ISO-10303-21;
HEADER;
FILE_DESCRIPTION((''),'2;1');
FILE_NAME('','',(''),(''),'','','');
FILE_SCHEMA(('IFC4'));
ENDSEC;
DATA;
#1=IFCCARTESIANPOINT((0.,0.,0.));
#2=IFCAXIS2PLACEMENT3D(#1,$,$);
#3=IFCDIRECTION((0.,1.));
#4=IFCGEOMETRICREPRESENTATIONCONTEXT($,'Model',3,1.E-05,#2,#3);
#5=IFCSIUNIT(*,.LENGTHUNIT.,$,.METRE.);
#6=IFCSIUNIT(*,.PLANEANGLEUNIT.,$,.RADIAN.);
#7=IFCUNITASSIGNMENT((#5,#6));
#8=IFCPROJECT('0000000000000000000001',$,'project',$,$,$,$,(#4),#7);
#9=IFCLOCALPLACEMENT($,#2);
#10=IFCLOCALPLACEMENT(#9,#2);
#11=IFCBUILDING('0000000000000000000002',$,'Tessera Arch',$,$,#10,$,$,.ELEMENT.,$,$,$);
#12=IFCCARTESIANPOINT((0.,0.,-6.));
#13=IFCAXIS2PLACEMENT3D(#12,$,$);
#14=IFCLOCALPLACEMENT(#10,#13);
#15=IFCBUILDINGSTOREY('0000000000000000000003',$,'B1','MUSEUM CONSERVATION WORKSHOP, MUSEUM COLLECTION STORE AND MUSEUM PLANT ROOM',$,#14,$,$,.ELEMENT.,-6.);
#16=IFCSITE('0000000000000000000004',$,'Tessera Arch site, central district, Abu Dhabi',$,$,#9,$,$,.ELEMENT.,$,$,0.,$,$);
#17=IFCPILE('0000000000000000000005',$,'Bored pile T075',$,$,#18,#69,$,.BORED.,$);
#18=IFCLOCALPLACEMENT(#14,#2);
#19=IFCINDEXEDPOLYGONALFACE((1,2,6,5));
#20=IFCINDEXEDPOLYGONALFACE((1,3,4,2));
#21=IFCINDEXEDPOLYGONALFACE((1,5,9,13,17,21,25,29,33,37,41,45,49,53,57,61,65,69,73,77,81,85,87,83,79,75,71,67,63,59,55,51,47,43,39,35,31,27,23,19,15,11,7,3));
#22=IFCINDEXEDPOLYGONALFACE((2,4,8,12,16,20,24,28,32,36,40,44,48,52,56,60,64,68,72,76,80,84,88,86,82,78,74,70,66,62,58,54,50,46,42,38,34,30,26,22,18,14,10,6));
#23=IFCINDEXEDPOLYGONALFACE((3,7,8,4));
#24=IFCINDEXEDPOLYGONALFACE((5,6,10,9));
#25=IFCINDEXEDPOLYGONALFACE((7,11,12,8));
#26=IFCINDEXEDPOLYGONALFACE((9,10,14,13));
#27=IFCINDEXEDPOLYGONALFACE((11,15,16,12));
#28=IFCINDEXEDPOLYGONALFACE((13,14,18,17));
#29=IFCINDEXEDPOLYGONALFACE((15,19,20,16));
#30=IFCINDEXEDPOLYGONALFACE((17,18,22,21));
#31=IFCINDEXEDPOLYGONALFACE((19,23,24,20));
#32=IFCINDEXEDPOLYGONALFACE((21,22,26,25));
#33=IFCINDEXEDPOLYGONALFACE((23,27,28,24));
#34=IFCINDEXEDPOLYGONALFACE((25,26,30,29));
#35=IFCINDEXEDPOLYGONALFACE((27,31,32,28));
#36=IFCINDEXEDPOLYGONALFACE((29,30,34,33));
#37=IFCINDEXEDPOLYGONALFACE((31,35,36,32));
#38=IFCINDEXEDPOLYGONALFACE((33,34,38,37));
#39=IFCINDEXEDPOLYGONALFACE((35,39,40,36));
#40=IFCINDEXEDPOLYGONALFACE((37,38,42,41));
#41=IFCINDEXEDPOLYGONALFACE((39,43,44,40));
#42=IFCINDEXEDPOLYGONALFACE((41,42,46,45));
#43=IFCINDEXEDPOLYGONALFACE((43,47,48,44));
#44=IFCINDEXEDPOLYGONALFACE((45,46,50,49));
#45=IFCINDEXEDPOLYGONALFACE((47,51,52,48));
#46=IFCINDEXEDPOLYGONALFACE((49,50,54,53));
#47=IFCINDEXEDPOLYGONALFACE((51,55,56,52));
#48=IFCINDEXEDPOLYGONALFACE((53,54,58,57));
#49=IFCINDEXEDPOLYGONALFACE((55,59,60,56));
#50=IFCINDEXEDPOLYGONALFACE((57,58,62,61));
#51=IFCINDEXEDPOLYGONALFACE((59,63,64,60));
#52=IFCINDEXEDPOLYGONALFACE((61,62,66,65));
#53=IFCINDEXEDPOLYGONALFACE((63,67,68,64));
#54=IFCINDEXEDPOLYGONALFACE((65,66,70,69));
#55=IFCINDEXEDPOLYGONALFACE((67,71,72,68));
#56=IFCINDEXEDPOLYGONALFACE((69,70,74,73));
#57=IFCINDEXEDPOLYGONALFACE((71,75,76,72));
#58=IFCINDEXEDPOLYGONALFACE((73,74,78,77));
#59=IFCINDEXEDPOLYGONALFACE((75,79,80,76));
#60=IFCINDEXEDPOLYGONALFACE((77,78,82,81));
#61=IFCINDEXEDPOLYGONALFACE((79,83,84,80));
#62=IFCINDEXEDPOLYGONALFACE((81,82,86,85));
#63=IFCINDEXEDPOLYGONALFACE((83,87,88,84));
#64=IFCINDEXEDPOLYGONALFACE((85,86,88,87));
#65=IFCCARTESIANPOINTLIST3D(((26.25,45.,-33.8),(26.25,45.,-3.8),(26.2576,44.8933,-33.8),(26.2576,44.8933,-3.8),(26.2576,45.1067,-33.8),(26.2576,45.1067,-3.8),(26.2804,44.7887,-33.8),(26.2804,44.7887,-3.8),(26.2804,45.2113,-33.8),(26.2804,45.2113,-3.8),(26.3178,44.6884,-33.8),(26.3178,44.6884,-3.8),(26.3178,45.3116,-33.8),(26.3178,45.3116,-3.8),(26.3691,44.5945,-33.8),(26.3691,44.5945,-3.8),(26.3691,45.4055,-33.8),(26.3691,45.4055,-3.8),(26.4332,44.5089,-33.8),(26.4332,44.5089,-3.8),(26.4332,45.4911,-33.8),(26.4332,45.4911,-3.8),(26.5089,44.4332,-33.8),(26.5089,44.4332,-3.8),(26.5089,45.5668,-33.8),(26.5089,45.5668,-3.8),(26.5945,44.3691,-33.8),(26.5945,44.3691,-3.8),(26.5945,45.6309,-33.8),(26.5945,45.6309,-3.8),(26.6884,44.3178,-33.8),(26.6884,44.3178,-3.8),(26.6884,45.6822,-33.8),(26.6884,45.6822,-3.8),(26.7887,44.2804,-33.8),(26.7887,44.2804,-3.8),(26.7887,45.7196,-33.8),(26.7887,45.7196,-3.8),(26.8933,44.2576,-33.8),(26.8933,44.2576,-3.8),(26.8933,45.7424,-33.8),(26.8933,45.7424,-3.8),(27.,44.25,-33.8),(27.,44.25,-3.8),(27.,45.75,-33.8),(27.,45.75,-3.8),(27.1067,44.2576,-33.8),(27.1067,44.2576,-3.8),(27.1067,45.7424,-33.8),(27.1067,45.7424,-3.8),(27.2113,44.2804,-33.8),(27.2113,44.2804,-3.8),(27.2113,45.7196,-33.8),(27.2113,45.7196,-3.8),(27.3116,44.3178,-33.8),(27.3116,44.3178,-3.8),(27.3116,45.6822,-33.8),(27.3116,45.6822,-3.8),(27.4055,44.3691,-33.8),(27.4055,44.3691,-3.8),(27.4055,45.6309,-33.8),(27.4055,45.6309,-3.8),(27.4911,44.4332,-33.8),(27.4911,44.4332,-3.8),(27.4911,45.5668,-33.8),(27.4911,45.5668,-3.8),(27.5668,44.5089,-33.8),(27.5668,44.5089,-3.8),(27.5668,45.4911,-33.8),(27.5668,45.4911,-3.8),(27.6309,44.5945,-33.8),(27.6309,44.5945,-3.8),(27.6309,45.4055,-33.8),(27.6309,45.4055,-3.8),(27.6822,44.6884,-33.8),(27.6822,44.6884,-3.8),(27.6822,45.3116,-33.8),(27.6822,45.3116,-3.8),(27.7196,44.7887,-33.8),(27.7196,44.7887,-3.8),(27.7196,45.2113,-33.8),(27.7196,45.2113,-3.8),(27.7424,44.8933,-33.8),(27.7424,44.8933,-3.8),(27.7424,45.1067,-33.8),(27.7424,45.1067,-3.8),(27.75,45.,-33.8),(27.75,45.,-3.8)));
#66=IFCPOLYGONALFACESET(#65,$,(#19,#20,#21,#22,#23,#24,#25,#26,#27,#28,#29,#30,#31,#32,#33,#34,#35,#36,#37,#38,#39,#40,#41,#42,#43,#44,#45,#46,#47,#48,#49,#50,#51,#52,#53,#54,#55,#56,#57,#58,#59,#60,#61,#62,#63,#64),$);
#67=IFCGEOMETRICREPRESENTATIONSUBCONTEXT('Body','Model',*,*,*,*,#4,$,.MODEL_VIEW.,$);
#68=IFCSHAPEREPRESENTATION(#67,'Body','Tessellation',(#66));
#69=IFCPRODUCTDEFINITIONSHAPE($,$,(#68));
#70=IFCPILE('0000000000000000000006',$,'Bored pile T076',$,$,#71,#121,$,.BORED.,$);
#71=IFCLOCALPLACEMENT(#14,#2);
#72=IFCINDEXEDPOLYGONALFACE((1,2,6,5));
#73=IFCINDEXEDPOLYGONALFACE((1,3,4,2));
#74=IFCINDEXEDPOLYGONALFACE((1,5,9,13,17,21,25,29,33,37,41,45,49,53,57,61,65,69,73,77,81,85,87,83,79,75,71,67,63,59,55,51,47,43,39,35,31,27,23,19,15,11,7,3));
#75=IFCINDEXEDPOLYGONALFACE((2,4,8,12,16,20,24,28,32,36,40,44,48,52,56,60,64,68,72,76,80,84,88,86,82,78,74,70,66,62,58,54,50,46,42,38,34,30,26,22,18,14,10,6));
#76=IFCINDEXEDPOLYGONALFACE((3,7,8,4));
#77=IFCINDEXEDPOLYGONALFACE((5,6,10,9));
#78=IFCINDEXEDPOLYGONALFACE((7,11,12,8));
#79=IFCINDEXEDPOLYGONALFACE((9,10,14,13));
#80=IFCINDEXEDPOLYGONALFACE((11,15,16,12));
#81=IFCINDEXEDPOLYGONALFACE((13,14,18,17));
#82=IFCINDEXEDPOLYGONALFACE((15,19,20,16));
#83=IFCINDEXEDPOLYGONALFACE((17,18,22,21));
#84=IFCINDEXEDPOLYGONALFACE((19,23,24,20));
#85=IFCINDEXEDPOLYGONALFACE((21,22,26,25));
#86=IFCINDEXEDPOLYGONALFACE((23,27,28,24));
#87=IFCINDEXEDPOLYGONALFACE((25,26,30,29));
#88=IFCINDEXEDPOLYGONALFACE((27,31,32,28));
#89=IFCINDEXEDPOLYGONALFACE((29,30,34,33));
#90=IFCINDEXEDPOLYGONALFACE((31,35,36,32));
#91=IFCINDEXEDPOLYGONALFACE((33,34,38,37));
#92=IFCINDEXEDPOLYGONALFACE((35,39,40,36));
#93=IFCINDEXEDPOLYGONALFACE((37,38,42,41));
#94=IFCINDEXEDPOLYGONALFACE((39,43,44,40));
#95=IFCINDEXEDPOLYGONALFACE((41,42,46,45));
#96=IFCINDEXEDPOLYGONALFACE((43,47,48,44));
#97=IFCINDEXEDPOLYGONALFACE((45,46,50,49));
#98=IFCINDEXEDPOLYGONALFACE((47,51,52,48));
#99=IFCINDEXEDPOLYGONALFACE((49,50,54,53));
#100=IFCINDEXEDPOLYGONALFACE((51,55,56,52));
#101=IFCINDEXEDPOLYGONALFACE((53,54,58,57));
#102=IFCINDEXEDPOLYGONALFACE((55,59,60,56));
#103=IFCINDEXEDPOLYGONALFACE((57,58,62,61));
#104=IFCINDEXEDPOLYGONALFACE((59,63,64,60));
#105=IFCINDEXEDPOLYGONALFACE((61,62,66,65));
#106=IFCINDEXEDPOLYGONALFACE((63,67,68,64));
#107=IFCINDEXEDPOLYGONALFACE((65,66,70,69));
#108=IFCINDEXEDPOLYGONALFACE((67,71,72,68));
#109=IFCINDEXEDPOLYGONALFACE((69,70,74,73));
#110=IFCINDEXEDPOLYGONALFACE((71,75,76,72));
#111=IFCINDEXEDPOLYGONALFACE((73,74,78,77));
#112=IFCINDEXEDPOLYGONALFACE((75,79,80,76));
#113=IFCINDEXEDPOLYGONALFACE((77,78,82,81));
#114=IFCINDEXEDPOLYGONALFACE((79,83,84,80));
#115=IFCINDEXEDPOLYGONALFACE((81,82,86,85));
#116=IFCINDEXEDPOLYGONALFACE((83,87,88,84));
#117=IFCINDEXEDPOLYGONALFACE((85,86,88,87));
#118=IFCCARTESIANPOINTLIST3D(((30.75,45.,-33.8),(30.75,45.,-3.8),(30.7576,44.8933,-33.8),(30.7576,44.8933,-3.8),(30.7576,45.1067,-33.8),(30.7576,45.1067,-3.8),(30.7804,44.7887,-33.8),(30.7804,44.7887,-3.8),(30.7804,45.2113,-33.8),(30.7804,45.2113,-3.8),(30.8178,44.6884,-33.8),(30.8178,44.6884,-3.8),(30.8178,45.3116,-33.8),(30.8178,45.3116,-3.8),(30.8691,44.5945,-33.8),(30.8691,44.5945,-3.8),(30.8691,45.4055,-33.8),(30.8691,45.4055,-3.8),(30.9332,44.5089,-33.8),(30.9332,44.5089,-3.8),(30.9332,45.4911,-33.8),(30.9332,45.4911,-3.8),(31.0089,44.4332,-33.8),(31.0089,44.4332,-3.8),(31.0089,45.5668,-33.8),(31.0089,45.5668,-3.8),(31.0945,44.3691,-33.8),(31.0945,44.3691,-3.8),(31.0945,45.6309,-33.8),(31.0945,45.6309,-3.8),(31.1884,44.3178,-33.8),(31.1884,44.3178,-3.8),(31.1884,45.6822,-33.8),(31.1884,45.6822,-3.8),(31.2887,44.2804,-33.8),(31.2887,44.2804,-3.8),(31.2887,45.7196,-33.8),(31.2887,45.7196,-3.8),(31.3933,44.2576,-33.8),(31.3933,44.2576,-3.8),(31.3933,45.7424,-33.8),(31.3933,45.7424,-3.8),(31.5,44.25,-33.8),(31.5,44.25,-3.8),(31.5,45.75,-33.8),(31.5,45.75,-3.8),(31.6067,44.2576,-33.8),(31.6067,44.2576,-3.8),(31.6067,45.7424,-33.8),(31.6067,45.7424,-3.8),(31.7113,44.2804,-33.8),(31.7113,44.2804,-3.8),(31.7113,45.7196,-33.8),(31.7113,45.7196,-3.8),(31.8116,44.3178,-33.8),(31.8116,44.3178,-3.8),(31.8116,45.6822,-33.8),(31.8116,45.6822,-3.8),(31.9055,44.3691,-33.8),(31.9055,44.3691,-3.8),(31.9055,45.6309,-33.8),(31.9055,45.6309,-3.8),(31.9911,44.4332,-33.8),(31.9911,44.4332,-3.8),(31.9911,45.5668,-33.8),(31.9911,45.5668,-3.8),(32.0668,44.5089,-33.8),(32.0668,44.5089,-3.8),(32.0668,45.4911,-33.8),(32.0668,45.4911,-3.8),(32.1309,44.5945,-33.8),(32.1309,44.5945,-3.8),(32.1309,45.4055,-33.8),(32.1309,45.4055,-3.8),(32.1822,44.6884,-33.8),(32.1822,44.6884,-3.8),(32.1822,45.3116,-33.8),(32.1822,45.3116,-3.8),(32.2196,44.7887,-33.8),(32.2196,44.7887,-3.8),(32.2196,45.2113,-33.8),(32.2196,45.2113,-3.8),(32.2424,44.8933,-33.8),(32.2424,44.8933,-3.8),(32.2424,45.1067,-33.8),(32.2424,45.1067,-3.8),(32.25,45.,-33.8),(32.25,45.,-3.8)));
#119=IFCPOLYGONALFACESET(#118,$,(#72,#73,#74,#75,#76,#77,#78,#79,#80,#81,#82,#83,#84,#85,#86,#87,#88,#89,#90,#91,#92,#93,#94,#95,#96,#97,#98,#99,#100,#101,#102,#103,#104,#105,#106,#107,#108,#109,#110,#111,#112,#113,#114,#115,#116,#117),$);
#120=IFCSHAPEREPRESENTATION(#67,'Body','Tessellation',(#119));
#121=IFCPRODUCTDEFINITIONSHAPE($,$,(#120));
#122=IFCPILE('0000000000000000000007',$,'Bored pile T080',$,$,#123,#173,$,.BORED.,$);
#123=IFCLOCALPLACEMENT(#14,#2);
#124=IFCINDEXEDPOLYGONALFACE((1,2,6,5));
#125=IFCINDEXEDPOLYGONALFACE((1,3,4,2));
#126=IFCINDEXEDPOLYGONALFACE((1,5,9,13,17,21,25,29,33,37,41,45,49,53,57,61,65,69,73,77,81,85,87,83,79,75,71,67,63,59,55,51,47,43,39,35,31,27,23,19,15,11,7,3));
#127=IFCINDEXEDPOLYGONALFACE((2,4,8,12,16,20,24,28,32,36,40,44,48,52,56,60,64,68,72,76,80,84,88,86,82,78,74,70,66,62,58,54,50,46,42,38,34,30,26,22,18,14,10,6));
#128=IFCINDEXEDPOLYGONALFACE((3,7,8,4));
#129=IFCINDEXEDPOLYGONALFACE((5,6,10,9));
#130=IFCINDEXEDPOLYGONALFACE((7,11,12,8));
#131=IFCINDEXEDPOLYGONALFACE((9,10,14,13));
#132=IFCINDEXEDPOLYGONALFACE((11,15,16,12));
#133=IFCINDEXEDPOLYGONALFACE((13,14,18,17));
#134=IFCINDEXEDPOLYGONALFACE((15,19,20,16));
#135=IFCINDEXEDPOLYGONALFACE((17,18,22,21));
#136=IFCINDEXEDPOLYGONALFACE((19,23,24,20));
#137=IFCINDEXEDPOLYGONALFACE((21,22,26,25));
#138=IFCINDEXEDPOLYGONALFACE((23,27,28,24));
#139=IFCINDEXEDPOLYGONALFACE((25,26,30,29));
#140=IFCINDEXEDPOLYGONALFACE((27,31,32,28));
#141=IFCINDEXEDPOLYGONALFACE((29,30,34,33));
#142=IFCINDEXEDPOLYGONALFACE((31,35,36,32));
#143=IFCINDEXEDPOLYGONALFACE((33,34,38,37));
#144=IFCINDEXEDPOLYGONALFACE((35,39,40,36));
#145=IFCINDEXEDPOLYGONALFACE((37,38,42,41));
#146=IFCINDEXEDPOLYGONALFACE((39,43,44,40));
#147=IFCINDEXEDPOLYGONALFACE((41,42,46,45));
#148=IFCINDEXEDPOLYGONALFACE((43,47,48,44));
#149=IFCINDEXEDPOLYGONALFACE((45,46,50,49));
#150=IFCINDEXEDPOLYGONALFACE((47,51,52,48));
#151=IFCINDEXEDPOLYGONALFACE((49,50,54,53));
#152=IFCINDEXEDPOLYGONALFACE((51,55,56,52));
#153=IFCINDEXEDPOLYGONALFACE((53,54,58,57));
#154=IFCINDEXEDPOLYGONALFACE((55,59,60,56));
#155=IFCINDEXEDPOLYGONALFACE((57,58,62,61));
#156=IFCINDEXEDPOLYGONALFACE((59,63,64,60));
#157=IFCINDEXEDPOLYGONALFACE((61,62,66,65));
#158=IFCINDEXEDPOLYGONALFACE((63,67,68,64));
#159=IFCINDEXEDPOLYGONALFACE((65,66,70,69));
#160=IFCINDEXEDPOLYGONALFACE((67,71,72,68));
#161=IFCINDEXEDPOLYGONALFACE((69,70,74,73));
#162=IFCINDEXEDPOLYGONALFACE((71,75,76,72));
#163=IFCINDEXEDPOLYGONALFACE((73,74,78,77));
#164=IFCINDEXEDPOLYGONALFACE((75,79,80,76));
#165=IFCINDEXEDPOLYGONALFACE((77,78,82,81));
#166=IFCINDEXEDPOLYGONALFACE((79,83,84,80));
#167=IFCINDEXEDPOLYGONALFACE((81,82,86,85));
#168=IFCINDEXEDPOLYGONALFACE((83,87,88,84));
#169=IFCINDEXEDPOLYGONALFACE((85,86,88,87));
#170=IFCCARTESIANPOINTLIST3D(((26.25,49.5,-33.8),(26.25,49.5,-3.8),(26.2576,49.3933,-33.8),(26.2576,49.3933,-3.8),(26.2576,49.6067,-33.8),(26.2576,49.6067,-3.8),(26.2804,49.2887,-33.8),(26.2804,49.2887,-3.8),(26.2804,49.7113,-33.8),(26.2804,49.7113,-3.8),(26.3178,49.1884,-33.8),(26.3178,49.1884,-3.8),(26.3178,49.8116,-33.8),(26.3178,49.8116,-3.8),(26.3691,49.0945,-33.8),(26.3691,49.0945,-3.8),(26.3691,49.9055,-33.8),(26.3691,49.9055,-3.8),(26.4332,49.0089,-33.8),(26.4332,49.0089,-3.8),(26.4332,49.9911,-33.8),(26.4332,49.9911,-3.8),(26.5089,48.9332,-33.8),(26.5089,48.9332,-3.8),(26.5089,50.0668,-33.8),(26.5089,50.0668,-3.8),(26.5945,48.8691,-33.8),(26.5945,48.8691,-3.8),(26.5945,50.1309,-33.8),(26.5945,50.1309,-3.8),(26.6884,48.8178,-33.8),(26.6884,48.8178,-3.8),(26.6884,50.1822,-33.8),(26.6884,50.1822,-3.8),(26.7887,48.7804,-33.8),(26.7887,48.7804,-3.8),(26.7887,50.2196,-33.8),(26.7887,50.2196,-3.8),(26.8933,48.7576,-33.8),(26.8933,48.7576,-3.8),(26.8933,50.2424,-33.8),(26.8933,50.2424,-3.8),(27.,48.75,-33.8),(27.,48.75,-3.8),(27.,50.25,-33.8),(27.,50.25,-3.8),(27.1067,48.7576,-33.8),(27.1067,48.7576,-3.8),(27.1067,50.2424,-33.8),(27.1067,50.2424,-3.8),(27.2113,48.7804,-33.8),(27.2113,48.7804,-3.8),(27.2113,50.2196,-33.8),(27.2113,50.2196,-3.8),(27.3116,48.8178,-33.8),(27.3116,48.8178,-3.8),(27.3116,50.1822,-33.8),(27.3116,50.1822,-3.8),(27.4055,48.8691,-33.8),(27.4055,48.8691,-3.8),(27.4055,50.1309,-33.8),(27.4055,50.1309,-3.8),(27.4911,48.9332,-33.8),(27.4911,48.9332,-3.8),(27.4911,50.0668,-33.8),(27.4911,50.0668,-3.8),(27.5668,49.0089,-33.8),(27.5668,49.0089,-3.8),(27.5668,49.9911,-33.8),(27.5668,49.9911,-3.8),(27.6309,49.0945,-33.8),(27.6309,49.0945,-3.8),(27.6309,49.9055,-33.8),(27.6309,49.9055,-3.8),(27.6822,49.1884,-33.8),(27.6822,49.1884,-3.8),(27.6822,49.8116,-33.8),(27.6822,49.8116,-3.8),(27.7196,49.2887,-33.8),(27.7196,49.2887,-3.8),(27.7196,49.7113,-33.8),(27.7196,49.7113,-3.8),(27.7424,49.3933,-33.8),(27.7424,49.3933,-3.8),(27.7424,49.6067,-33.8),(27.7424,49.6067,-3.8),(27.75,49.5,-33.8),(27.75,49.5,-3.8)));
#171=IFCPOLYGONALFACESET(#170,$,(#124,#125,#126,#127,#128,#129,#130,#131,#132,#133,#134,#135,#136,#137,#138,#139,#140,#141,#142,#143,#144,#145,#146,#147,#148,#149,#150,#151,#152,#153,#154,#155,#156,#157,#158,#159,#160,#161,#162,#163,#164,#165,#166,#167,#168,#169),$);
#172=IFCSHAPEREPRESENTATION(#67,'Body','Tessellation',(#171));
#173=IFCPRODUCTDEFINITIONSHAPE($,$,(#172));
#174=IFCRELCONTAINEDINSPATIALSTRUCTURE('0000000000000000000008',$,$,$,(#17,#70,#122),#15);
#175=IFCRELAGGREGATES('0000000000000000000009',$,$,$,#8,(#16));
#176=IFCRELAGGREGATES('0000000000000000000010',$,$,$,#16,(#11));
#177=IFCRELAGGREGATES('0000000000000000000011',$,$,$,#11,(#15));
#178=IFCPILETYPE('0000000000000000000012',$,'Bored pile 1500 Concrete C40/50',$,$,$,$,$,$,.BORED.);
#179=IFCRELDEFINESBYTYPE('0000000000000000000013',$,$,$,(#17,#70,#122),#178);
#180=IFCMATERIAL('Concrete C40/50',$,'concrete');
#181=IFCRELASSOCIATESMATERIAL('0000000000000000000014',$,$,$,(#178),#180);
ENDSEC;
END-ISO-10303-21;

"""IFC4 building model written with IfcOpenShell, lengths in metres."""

from ifc_helpers import new_model, si_unit, direction, frame, origin, origin_2d, place, context, subcontext, project, spatial, circle, extrude, material, type_object, element, save


model = new_model("IFC4")

# Units and contexts
model_context = context("Model", 3, precision=1e-05, world=origin(), true_north=direction((0.0, 1.0)))
body_context = subcontext(model_context, "Body", "Model", "MODEL_VIEW")
ifc_project = project(units=[si_unit("LENGTHUNIT", "METRE"), si_unit("PLANEANGLEUNIT", "RADIAN")], contexts=[model_context])

# Site, building, storey
site_placement = place(None, origin())
site = spatial("IfcSite", under=ifc_project, at=site_placement, Name="Tessera Arch site, central district, Abu Dhabi", CompositionType="ELEMENT", RefElevation=0.0)
building_placement = place(site_placement, origin())
building = spatial("IfcBuilding", under=site, at=building_placement, Name="Tessera Arch", CompositionType="ELEMENT")
storey_placement = place(building_placement, frame((0.0, 0.0, -6.0)))
storey = spatial("IfcBuildingStorey", under=building, at=storey_placement, Name="B1", Description="MUSEUM CONSERVATION WORKSHOP, MUSEUM COLLECTION STORE AND MUSEUM PLANT ROOM", CompositionType="ELEMENT", Elevation=-6.0)

# Piles
ifc_material_1 = material(Name="Concrete C40/50", Category="concrete")
pile_type = type_object("IfcPileType", Name="Bored pile 1500 Concrete C40/50", PredefinedType="BORED", material=ifc_material_1)
for number, where, z_axis, x_axis, name in (
    (1, (27.0, 45.0, -3.8), (0.0, 0.0, -1.0), (1.0, 0.0, 0.0), "Bored pile T075"),
    (2, (31.5, 45.0, -3.8), (0.0, 0.0, -1.0), (1.0, 0.0, 0.0), "Bored pile T076"),
    (3, (27.0, 49.5, -3.8), (0.0, 0.0, -1.0), (1.0, 0.0, 0.0), "Bored pile T080"),
):
    element("IfcPile", number, at=place(storey_placement, frame(where, z_axis=z_axis, x_axis=x_axis)), inside=storey, type_object=pile_type, Name=name, PredefinedType="BORED", context=body_context, shape_type="SweptSolid", body=[
        extrude(circle(Radius=0.75, at=origin_2d()), origin(), (0.0, 0.0, 1.0), 30.0),
    ])

save(model, "model.ifc")
